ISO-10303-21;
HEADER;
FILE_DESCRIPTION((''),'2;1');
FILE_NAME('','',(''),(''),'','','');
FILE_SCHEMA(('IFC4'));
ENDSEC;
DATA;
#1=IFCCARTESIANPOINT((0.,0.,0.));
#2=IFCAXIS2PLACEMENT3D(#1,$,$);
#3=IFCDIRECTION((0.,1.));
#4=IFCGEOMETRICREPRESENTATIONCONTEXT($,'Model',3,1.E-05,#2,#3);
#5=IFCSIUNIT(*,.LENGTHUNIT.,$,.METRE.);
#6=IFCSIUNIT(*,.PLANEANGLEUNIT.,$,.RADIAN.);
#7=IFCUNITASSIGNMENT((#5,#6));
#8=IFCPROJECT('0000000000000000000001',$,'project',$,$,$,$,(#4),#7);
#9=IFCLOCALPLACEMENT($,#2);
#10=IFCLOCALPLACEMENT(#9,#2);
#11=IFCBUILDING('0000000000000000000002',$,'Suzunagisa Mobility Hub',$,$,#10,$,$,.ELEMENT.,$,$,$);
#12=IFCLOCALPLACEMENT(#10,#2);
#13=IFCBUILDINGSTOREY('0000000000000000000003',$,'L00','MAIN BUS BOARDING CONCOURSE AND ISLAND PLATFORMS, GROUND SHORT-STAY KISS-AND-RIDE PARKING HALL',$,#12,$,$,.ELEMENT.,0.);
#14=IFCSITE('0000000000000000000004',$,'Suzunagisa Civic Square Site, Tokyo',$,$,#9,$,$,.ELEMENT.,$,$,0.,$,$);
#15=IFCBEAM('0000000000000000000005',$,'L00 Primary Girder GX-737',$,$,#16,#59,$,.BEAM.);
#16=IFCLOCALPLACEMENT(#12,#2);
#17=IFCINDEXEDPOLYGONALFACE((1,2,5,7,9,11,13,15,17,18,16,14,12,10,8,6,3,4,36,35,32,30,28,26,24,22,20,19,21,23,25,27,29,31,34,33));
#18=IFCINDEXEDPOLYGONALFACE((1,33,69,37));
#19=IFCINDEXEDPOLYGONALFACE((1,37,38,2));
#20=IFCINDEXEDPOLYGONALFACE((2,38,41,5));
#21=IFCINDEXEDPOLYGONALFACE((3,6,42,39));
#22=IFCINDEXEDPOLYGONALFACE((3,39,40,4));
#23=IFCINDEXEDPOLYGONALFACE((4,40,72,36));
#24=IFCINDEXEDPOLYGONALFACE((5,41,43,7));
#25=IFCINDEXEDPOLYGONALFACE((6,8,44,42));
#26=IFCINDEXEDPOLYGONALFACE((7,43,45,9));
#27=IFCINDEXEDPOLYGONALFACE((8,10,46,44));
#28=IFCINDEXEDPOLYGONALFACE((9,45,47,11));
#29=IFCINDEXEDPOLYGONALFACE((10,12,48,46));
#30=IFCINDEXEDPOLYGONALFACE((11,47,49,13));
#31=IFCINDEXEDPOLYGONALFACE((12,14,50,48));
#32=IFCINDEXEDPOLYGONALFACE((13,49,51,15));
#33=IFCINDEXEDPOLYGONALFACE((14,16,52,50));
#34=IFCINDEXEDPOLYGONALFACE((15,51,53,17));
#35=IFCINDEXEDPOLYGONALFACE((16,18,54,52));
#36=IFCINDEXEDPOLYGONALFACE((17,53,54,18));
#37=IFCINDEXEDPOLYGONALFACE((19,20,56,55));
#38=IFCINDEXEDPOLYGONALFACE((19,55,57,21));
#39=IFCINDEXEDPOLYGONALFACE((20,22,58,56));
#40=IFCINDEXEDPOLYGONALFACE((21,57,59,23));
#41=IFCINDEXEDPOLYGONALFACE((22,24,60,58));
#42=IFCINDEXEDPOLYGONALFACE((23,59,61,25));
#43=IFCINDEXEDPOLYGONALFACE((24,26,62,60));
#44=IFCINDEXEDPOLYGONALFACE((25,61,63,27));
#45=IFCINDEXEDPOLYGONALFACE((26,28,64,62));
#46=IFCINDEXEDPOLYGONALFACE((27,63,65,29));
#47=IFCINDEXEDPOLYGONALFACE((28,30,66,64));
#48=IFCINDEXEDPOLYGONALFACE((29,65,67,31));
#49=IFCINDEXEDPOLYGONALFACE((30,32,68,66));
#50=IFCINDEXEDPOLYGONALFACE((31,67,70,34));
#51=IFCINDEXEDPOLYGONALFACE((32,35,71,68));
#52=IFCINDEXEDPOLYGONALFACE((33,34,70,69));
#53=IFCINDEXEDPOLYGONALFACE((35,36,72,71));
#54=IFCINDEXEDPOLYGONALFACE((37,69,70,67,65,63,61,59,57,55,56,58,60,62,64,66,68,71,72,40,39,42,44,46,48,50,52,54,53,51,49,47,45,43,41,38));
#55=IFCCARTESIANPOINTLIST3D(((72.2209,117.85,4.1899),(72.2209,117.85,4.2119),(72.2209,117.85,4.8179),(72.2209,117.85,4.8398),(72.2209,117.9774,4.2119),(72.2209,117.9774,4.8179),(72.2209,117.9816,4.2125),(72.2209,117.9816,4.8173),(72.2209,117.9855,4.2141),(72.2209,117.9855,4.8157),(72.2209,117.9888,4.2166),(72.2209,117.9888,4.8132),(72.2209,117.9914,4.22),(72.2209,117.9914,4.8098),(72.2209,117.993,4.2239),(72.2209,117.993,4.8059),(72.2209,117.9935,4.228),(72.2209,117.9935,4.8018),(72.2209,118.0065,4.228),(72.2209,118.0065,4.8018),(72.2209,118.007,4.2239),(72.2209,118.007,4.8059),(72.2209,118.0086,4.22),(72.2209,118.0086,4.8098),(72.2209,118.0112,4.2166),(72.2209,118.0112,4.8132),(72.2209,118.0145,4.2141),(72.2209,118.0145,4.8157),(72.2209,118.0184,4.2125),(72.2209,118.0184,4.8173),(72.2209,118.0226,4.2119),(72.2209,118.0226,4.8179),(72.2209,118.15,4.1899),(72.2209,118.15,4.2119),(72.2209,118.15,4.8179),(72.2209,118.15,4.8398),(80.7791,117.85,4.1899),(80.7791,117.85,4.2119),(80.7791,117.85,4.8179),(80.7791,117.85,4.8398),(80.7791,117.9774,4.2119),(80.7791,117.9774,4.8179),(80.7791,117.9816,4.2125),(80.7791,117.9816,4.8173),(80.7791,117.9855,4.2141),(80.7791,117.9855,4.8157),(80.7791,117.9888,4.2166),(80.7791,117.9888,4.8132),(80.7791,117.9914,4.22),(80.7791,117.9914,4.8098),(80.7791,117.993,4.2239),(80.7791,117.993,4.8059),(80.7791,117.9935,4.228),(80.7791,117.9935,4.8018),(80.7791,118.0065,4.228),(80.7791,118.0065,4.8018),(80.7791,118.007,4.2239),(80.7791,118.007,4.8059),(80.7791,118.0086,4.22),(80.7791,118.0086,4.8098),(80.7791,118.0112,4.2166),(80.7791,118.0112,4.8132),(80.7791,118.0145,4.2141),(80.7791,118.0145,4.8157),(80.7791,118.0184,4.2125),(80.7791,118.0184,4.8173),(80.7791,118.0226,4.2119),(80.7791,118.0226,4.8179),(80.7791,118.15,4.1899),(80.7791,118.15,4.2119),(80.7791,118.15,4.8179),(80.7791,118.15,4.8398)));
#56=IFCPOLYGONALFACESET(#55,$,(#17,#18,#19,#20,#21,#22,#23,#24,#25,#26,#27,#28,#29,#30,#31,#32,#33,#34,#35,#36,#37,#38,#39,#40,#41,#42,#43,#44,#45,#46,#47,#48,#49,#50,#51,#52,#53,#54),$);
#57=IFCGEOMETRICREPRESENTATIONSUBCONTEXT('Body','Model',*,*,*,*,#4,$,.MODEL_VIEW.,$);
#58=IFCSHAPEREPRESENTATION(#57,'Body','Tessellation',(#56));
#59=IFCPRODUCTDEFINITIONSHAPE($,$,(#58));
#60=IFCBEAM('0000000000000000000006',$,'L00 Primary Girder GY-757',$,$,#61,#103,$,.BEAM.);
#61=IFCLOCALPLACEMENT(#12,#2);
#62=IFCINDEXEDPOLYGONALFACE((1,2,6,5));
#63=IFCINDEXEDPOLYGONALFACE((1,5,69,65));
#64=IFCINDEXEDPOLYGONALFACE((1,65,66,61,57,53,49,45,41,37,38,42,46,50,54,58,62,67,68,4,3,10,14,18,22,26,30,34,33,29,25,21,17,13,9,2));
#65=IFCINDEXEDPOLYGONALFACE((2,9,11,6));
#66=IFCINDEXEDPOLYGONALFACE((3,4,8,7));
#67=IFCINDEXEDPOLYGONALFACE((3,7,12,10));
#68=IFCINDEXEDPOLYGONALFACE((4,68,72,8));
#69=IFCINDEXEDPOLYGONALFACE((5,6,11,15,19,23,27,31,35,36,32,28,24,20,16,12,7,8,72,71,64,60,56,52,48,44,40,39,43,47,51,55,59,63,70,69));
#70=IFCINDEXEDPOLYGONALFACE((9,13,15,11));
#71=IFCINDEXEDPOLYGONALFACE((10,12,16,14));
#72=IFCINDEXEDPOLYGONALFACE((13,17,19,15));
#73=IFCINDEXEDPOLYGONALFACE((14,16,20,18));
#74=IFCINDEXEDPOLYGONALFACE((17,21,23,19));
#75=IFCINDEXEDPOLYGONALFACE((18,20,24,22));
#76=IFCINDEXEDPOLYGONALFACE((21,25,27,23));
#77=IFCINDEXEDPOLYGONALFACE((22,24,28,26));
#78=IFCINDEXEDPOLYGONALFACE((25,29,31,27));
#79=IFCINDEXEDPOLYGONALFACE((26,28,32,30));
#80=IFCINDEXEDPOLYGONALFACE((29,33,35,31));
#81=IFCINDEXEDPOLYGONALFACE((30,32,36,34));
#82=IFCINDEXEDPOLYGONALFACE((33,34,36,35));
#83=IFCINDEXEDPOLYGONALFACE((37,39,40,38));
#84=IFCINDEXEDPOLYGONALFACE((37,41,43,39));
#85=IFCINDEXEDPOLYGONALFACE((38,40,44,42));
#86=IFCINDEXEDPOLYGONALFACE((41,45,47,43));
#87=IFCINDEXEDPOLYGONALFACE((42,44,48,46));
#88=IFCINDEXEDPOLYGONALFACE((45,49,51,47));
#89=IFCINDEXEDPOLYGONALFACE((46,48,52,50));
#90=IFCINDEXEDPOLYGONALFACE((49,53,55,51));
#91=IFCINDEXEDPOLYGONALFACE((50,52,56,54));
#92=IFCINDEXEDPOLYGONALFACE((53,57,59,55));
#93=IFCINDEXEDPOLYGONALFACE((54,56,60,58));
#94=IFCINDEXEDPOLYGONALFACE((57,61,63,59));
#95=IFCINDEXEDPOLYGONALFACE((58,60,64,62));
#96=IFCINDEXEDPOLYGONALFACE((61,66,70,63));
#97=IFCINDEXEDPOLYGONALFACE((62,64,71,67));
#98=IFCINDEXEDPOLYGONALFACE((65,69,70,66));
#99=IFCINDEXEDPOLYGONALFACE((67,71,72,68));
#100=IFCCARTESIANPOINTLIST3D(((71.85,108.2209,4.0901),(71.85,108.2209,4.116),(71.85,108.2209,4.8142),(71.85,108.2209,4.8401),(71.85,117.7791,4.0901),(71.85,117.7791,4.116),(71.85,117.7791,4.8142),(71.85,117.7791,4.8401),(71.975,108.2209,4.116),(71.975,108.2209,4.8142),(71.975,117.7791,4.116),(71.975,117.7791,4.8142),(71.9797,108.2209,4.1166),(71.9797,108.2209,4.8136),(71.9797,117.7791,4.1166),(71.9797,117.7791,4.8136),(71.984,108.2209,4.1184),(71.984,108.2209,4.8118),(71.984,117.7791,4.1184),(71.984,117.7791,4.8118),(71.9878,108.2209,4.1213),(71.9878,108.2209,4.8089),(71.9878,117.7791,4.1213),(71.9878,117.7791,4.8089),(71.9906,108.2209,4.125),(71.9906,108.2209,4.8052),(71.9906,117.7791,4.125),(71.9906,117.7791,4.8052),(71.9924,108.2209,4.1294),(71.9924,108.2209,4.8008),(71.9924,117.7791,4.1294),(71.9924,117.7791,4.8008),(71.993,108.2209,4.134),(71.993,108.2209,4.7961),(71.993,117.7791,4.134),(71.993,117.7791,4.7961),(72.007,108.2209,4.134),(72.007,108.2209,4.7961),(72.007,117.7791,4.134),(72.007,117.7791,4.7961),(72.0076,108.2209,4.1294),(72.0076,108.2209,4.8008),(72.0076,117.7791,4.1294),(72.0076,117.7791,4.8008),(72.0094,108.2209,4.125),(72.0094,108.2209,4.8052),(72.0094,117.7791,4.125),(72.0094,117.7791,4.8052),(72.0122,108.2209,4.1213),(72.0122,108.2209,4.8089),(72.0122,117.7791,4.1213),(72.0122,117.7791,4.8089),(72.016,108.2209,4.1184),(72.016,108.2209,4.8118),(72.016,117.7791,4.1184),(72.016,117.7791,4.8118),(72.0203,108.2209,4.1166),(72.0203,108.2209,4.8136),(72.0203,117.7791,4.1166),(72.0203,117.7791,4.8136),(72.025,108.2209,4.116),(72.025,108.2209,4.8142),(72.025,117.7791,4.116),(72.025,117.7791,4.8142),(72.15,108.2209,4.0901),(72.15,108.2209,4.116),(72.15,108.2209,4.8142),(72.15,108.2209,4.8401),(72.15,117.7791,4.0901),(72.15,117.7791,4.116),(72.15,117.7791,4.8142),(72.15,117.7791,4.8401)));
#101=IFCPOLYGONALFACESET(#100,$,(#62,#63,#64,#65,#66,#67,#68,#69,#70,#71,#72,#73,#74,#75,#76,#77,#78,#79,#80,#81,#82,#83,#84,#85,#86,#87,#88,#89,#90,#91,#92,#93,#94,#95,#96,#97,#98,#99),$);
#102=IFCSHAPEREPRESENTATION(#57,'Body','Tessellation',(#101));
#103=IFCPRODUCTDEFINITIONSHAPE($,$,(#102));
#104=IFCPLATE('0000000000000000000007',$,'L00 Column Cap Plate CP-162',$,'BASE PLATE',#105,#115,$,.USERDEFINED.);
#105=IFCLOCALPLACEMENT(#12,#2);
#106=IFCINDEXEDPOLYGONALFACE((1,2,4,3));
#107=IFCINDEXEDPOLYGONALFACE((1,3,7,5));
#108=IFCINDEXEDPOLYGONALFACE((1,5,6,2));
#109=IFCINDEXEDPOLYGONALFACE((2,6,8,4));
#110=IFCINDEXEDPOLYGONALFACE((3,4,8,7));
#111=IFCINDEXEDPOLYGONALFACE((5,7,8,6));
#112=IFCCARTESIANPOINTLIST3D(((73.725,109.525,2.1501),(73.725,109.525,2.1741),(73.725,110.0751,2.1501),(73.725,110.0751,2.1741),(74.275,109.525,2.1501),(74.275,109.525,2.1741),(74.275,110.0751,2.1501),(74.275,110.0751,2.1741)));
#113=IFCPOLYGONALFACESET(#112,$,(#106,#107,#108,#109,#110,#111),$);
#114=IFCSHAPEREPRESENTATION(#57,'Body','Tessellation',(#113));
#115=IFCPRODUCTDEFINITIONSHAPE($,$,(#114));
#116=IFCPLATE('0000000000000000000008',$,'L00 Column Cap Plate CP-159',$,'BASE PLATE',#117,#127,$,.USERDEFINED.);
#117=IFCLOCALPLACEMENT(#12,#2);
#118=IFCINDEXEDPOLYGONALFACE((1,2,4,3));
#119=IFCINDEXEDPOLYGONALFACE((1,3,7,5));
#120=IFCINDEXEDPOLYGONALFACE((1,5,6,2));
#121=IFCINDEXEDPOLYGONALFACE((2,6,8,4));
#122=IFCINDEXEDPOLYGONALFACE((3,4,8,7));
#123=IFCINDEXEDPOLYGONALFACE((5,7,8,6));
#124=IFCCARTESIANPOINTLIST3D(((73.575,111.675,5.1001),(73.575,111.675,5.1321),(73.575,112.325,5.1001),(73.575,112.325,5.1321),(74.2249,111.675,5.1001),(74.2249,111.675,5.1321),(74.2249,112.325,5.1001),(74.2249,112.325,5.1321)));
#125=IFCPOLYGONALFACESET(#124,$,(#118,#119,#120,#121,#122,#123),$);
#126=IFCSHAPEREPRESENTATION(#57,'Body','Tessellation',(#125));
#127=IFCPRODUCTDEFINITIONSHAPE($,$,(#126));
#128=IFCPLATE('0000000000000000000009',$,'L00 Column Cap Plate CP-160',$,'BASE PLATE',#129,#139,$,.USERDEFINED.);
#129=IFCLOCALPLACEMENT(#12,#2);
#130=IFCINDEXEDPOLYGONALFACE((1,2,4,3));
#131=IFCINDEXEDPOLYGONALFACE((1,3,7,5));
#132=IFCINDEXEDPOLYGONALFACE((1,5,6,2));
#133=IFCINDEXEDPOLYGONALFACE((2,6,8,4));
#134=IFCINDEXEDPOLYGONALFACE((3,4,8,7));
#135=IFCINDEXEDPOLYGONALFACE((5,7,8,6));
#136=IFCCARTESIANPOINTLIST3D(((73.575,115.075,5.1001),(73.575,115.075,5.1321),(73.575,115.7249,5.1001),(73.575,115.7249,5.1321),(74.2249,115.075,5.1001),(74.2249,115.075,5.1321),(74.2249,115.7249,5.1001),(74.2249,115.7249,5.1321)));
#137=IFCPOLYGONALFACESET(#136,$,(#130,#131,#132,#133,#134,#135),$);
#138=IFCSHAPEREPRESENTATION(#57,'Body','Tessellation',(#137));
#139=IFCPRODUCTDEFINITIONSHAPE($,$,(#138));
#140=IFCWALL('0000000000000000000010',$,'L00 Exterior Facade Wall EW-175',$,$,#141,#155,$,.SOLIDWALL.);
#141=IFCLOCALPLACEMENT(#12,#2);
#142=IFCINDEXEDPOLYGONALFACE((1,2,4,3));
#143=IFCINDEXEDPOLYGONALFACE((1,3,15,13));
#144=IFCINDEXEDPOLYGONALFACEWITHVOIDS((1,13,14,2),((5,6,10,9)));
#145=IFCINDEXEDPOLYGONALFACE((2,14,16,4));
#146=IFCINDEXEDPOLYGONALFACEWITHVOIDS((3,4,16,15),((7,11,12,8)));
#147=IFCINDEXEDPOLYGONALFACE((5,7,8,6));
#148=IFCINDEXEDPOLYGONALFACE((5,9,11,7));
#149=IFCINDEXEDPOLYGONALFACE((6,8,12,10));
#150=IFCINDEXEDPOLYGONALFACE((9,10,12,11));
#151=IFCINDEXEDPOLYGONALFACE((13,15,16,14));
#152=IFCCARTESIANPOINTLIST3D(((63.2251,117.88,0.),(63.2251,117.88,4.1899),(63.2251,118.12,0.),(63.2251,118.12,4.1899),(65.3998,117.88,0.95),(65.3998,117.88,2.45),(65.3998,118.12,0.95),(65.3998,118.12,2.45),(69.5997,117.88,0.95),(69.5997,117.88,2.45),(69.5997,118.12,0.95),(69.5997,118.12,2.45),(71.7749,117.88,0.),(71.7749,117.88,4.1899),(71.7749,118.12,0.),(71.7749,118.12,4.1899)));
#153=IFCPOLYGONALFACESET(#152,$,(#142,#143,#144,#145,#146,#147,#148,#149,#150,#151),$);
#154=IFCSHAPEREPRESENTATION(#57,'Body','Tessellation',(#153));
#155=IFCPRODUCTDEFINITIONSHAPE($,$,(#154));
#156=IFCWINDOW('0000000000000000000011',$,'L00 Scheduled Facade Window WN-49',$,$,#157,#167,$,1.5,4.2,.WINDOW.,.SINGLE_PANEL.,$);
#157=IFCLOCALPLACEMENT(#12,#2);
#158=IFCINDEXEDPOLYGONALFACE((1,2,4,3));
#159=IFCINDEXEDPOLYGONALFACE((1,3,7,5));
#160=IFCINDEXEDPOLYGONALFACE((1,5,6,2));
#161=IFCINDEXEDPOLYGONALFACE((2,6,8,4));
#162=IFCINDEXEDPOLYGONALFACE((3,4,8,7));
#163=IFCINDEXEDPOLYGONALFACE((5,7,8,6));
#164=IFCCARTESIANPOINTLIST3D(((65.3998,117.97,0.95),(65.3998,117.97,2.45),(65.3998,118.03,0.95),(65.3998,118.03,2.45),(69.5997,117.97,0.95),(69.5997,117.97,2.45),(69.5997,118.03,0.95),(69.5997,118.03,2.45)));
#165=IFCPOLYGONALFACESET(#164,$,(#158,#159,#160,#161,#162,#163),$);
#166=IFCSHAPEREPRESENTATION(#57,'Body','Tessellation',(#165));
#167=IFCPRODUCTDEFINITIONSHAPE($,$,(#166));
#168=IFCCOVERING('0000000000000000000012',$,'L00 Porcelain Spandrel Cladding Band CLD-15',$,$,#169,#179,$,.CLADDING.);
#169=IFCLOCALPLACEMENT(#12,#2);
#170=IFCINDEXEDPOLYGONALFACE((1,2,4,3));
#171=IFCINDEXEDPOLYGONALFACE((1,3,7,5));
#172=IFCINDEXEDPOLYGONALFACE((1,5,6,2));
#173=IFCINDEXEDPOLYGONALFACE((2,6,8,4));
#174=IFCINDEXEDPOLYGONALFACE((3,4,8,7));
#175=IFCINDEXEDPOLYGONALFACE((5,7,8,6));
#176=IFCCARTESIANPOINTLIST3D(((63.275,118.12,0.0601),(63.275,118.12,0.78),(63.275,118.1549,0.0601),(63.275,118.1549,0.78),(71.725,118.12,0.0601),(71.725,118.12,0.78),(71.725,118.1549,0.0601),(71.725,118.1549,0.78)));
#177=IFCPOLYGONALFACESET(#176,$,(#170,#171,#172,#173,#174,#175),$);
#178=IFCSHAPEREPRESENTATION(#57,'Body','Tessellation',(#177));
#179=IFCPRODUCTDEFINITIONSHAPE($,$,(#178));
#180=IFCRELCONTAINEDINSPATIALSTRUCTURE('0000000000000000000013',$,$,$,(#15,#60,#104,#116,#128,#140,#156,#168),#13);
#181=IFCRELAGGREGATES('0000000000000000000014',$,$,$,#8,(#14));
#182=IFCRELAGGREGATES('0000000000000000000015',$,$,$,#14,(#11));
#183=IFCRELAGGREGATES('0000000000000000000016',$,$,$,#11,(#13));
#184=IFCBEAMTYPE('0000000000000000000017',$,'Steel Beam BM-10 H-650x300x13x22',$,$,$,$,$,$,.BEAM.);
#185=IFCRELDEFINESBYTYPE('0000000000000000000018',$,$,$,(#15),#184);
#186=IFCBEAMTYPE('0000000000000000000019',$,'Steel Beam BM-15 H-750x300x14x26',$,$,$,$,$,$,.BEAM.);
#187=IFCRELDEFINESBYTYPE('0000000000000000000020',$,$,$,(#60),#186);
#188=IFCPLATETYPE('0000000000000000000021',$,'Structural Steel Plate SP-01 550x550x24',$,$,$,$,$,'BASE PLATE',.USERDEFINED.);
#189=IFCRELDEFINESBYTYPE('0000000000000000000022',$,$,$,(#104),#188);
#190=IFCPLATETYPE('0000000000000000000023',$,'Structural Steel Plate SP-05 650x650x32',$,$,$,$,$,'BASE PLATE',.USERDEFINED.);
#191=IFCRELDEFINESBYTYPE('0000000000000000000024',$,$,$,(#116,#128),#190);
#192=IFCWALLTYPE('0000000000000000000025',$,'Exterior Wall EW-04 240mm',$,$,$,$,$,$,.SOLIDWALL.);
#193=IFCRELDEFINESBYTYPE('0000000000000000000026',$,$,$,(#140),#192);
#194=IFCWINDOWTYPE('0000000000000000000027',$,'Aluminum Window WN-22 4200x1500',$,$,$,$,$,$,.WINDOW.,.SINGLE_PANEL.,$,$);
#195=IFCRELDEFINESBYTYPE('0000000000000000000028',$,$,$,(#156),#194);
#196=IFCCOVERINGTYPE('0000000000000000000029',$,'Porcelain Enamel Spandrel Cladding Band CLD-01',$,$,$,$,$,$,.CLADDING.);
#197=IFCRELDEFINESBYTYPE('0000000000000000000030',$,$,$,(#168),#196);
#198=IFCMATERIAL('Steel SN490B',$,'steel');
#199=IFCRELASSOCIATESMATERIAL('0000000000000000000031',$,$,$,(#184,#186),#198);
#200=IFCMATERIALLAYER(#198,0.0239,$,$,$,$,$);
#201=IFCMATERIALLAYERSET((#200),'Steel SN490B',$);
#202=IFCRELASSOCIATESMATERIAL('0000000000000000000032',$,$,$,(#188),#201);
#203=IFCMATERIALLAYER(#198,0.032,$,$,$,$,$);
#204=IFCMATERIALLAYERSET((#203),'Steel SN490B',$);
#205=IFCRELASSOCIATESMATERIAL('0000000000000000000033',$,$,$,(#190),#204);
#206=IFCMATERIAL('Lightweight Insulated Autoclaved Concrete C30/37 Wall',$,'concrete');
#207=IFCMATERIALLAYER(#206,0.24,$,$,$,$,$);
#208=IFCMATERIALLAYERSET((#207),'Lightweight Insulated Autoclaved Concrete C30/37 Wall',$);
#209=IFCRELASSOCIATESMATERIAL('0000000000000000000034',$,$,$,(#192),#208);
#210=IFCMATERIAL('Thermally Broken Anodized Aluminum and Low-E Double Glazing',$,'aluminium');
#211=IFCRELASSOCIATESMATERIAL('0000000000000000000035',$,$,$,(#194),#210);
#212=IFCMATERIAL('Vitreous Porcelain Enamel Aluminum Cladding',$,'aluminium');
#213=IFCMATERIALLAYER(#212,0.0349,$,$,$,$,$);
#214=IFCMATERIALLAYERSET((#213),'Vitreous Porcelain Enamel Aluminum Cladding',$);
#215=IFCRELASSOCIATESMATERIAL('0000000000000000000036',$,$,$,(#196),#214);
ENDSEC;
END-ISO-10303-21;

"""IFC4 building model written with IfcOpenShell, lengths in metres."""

from ifc_helpers import new_model, si_unit, direction, frame, frame_2d, origin, origin_2d, place, context, subcontext, project, spatial, rectangle, i_section, extrude, material, layer, layer_set, material_profile, profile_set, type_object, element, fill, save


model = new_model("IFC4")

# Units and contexts
model_context = context("Model", 3, precision=1e-05, world=origin(), true_north=direction((0.0, 1.0)))
body_context = subcontext(model_context, "Body", "Model", "MODEL_VIEW")
ifc_project = project(units=[si_unit("LENGTHUNIT", "METRE"), si_unit("PLANEANGLEUNIT", "RADIAN")], contexts=[model_context])

# Site, building, storey
site_placement = place(None, origin())
site = spatial("IfcSite", under=ifc_project, at=site_placement, Name="Suzunagisa Civic Square Site, Tokyo", CompositionType="ELEMENT", RefElevation=0.0)
building_placement = place(site_placement, origin())
building = spatial("IfcBuilding", under=site, at=building_placement, Name="Suzunagisa Mobility Hub", CompositionType="ELEMENT")
storey_placement = place(building_placement, origin())
storey = spatial("IfcBuildingStorey", under=building, at=storey_placement, Name="L00", Description="MAIN BUS BOARDING CONCOURSE AND ISLAND PLATFORMS, GROUND SHORT-STAY KISS-AND-RIDE PARKING HALL", CompositionType="ELEMENT", Elevation=0.0)

# Shared definitions
ifc_material_1 = material(Name="Steel SN490B", Category="steel")

# Beams
ifc_material_profile_1 = material_profile(ifc_material_1, i_section(OverallWidth=0.3, OverallDepth=0.6499, WebThickness=0.0129, FlangeThickness=0.022, FilletRadius=0.0161, at=origin_2d()), Name="H-650x300x13x22")
ifc_profile_set_1 = profile_set([ifc_material_profile_1], Name="Steel SN490B")
beam_type_1 = type_object("IfcBeamType", Name="Steel Beam BM-10 H-650x300x13x22", PredefinedType="BEAM", material=ifc_profile_set_1)
for number, where, z_axis, x_axis, name in (
    (1, (72.2209, 118.0, 4.5149), (1.0, 0.0, 0.0), (0.0, 1.0, 0.0), "L00 Primary Girder GX-737"),
):
    element("IfcBeam", number, at=place(storey_placement, frame(where, z_axis=z_axis, x_axis=x_axis)), inside=storey, type_object=beam_type_1, Name=name, PredefinedType="BEAM", context=body_context, shape_type="SweptSolid", body=[
        extrude(i_section(OverallWidth=0.3, OverallDepth=0.6499, WebThickness=0.0129, FlangeThickness=0.022, FilletRadius=0.0161, at=origin_2d()), origin(), (0.0, 0.0, 1.0), 8.5581),
    ])
ifc_material_profile_2 = material_profile(ifc_material_1, i_section(OverallWidth=0.3, OverallDepth=0.75, WebThickness=0.0139, FlangeThickness=0.0259, FilletRadius=0.0181, at=origin_2d()), Name="H-750x300x14x26")
ifc_profile_set_2 = profile_set([ifc_material_profile_2], Name="Steel SN490B")
beam_type_2 = type_object("IfcBeamType", Name="Steel Beam BM-15 H-750x300x14x26", PredefinedType="BEAM", material=ifc_profile_set_2)
beam_1_placement = place(storey_placement, frame((72.0, 108.2209, 4.4651), z_axis=(0.0, 1.0, 0.0), x_axis=(-1.0, 0.0, 0.0)))
element("IfcBeam", 2, at=beam_1_placement, inside=storey, type_object=beam_type_2, Name="L00 Primary Girder GY-757", PredefinedType="BEAM", context=body_context, shape_type="SweptSolid", body=[
    extrude(i_section(OverallWidth=0.3, OverallDepth=0.75, WebThickness=0.0139, FlangeThickness=0.0259, FilletRadius=0.0181, at=origin_2d()), origin(), (0.0, 0.0, 1.0), 9.5581),
])

# Plates
ifc_layer_1 = layer(ifc_material_1, 0.0239)
ifc_layer_set_1 = layer_set([ifc_layer_1], Name="Steel SN490B")
plate_type_1 = type_object("IfcPlateType", Name="Structural Steel Plate SP-01 550x550x24", ElementType="BASE PLATE", PredefinedType="USERDEFINED", material=ifc_layer_set_1)
plate_placement = place(storey_placement, frame((74.0, 109.8, 2.1501), z_axis=(0.0, 0.0, 1.0), x_axis=(1.0, 0.0, 0.0)))
element("IfcPlate", 3, at=plate_placement, inside=storey, type_object=plate_type_1, Name="L00 Column Cap Plate CP-162", ObjectType="BASE PLATE", PredefinedType="USERDEFINED", context=body_context, shape_type="SweptSolid", body=[
    extrude(rectangle(XDim=0.55, YDim=0.55, at=origin_2d()), origin(), (0.0, 0.0, 1.0), 0.0239),
])
ifc_layer_2 = layer(ifc_material_1, 0.032)
ifc_layer_set_2 = layer_set([ifc_layer_2], Name="Steel SN490B")
plate_type_2 = type_object("IfcPlateType", Name="Structural Steel Plate SP-05 650x650x32", ElementType="BASE PLATE", PredefinedType="USERDEFINED", material=ifc_layer_set_2)
for number, where, z_axis, x_axis, name in (
    (4, (73.8999, 112.0, 5.1001), (0.0, 0.0, 1.0), (1.0, 0.0, 0.0), "L00 Column Cap Plate CP-159"),
    (5, (73.8999, 115.3999, 5.1001), (0.0, 0.0, 1.0), (1.0, 0.0, 0.0), "L00 Column Cap Plate CP-160"),
):
    element("IfcPlate", number, at=place(storey_placement, frame(where, z_axis=z_axis, x_axis=x_axis)), inside=storey, type_object=plate_type_2, Name=name, ObjectType="BASE PLATE", PredefinedType="USERDEFINED", context=body_context, shape_type="SweptSolid", body=[
        extrude(rectangle(XDim=0.6499, YDim=0.6499, at=origin_2d()), origin(), (0.0, 0.0, 1.0), 0.032),
    ])

# Wall, opening, window
ifc_material_2 = material(Name="Lightweight Insulated Autoclaved Concrete C30/37 Wall", Category="concrete")
ifc_layer_3 = layer(ifc_material_2, 0.24)
ifc_layer_set_3 = layer_set([ifc_layer_3], Name="Lightweight Insulated Autoclaved Concrete C30/37 Wall")
wall_type = type_object("IfcWallType", Name="Exterior Wall EW-04 240mm", PredefinedType="SOLIDWALL", material=ifc_layer_set_3)
wall_placement = place(storey_placement, frame((71.7749, 118.0, 0.0), z_axis=(0.0, 0.0, 1.0), x_axis=(-1.0, 0.0, 0.0)))
wall = element("IfcWall", 6, at=wall_placement, inside=storey, type_object=wall_type, Name="L00 Exterior Facade Wall EW-175", PredefinedType="SOLIDWALL", context=body_context, shape_type="SweptSolid", body=[
    extrude(rectangle(XDim=8.5498, YDim=0.24, at=frame_2d((4.2749, 0.0))), origin(), (0.0, 0.0, 1.0), 4.1899),
])
opening_placement = place(wall_placement, frame((2.175, 0.0, 0.95)))
opening = element("IfcOpeningElement", 7, at=opening_placement, cuts=wall, PredefinedType="OPENING", context=body_context, shape_type="SweptSolid", body=[
    extrude(rectangle(XDim=4.2, YDim=1.5, at=frame_2d((2.1001, 0.75))), frame((0.0, 0.1309, 0.0), z_axis=(0.0, -1.0, 0.0), x_axis=(1.0, 0.0, 0.0)), (0.0, 0.0, 1.0), 0.262),
])
ifc_material_3 = material(Name="Thermally Broken Anodized Aluminum and Low-E Double Glazing", Category="aluminium")
window_type = type_object("IfcWindowType", Name="Aluminum Window WN-22 4200x1500", PartitioningType="SINGLE_PANEL", PredefinedType="WINDOW", material=ifc_material_3)
window_placement = place(opening_placement, origin())
window = element("IfcWindow", 8, at=window_placement, inside=storey, type_object=window_type, Name="L00 Scheduled Facade Window WN-49", OverallHeight=1.5, OverallWidth=4.2, PartitioningType="SINGLE_PANEL", PredefinedType="WINDOW", context=body_context, shape_type="SweptSolid", body=[
    extrude(rectangle(XDim=4.2, YDim=1.5, at=frame_2d((2.1001, 0.75))), frame((0.0, 0.03, 0.0), z_axis=(0.0, -1.0, 0.0), x_axis=(1.0, 0.0, 0.0)), (0.0, 0.0, 1.0), 0.0601),
])
fill(opening, window)

# Covering
ifc_material_4 = material(Name="Vitreous Porcelain Enamel Aluminum Cladding", Category="aluminium")
ifc_layer_4 = layer(ifc_material_4, 0.0349)
ifc_layer_set_4 = layer_set([ifc_layer_4], Name="Vitreous Porcelain Enamel Aluminum Cladding")
covering_type = type_object("IfcCoveringType", Name="Porcelain Enamel Spandrel Cladding Band CLD-01", PredefinedType="CLADDING", material=ifc_layer_set_4)
covering_placement = place(storey_placement, frame((67.5, 118.1375, 0.0601), z_axis=(0.0, 0.0, 1.0), x_axis=(-1.0, 0.0, 0.0)))
element("IfcCovering", 9, at=covering_placement, inside=storey, type_object=covering_type, Name="L00 Porcelain Spandrel Cladding Band CLD-15", PredefinedType="CLADDING", context=body_context, shape_type="SweptSolid", body=[
    extrude(rectangle(XDim=8.45, YDim=0.0349, at=origin_2d()), origin(), (0.0, 0.0, 1.0), 0.72),
])

save(model, "model.ifc")
